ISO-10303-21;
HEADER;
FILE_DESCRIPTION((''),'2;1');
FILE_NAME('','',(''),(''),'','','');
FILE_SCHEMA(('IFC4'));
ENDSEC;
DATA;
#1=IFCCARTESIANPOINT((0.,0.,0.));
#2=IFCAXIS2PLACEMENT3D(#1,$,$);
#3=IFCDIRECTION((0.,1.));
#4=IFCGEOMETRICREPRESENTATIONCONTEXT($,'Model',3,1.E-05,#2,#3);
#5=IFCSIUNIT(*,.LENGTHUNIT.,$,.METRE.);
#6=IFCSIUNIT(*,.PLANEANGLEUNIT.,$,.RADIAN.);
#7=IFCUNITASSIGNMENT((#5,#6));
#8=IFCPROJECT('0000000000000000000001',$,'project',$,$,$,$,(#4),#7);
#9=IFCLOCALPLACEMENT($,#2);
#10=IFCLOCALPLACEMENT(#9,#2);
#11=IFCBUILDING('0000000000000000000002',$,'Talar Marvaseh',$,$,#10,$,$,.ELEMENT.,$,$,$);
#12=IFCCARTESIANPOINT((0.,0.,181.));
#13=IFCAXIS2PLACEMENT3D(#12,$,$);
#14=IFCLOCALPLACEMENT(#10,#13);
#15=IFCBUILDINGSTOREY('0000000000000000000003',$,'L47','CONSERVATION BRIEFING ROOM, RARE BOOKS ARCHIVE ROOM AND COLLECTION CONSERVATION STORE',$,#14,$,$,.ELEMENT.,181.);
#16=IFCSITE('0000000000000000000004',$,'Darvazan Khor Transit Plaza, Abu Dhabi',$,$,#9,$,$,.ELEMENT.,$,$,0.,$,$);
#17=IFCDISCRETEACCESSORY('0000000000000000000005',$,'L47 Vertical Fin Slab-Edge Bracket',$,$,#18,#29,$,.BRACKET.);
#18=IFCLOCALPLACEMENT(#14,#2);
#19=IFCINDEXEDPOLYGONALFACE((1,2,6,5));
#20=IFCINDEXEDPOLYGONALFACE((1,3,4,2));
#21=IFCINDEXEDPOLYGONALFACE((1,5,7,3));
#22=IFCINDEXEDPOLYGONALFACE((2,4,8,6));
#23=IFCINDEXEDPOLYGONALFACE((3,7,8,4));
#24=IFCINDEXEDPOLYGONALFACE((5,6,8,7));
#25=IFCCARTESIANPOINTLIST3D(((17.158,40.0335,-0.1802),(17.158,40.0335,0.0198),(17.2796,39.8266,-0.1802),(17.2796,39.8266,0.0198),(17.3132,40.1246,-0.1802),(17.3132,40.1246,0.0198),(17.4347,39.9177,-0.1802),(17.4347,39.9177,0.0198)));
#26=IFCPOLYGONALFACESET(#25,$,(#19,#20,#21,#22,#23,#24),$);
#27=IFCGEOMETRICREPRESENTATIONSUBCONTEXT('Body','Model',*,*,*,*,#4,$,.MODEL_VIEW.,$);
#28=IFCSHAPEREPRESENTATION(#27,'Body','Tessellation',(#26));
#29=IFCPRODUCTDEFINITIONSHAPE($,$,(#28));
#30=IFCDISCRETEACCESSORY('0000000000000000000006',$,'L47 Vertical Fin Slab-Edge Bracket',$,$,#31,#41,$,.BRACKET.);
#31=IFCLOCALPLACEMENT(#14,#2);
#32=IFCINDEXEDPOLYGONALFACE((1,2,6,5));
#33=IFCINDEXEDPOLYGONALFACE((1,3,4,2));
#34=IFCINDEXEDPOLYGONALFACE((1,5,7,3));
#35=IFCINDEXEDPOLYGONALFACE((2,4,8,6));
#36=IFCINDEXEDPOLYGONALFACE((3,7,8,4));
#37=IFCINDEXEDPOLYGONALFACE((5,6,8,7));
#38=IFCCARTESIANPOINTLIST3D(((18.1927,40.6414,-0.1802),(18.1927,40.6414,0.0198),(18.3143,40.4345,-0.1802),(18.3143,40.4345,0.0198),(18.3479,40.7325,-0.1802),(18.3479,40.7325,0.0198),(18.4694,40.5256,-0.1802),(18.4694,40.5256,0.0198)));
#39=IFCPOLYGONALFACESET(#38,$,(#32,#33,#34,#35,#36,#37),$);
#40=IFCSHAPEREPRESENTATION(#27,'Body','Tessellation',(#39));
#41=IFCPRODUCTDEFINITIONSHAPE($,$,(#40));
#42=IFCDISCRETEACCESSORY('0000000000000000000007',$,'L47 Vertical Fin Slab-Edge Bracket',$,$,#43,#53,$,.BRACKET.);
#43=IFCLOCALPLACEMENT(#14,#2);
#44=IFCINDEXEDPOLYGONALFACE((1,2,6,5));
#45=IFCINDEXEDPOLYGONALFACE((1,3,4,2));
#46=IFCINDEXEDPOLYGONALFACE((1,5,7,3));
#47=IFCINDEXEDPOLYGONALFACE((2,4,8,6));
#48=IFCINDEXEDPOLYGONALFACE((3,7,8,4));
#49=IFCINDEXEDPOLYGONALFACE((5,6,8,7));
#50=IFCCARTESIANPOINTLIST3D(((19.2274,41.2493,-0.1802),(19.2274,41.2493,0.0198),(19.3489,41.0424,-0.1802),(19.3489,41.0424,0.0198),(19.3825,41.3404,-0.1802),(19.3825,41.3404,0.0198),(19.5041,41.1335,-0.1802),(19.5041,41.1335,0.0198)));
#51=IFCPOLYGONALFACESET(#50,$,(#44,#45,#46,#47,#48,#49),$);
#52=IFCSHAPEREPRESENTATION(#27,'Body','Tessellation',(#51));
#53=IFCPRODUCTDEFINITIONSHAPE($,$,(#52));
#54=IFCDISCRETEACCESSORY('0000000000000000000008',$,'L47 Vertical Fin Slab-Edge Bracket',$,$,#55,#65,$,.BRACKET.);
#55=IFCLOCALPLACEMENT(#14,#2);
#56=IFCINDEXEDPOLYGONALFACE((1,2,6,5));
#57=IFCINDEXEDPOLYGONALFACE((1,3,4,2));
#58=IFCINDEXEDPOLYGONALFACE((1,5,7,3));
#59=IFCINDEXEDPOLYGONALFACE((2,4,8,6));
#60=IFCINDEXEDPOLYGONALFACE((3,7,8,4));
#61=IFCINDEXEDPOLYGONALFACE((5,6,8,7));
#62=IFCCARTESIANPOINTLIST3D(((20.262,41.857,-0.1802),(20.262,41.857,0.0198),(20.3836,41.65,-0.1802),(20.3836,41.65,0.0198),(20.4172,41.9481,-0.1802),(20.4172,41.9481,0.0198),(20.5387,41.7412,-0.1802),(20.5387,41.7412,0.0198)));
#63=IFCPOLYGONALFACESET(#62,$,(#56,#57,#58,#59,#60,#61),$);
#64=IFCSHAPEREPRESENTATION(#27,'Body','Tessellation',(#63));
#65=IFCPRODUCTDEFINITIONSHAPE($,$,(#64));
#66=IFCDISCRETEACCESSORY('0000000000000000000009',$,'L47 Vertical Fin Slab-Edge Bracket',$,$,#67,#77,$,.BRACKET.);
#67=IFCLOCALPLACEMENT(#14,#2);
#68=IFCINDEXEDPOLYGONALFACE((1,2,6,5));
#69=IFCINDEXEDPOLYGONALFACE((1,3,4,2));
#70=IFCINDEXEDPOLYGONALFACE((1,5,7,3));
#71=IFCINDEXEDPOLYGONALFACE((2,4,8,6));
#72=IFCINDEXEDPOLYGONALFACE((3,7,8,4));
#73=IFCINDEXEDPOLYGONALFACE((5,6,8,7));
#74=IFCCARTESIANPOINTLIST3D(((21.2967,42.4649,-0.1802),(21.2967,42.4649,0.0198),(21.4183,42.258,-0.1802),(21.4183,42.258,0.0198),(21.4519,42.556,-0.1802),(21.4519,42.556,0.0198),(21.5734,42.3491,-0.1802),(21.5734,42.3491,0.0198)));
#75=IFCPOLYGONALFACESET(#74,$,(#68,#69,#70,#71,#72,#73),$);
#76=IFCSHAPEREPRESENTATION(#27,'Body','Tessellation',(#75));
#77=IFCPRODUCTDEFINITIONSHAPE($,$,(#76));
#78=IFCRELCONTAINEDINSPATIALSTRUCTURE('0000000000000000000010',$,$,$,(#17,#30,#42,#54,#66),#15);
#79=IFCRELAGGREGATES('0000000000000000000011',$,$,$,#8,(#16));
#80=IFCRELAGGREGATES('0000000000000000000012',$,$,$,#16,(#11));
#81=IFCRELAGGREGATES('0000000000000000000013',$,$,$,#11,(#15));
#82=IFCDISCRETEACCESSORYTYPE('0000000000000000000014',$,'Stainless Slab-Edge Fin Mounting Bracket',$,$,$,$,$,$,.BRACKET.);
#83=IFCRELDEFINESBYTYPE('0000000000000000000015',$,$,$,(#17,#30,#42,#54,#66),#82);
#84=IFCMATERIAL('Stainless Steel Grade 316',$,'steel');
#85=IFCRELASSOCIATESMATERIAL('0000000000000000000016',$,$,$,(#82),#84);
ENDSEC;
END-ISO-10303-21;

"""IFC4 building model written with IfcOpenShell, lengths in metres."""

from ifc_helpers import new_model, si_unit, direction, frame, origin, origin_2d, place, context, subcontext, project, spatial, rectangle, extrude, source, transform, mapped, material, type_object, type_shapes, element, save


model = new_model("IFC4")

# Units and contexts
model_context = context("Model", 3, precision=1e-05, world=origin(), true_north=direction((0.0, 1.0)))
body_context = subcontext(model_context, "Body", "Model", "MODEL_VIEW")
ifc_project = project(units=[si_unit("LENGTHUNIT", "METRE"), si_unit("PLANEANGLEUNIT", "RADIAN")], contexts=[model_context])

# Site, building, storey
site_placement = place(None, origin())
site = spatial("IfcSite", under=ifc_project, at=site_placement, Name="Darvazan Khor Transit Plaza, Abu Dhabi", CompositionType="ELEMENT", RefElevation=0.0)
building_placement = place(site_placement, origin())
building = spatial("IfcBuilding", under=site, at=building_placement, Name="Talar Marvaseh", CompositionType="ELEMENT")
storey_placement = place(building_placement, frame((0.0, 0.0, 181.0)))
storey = spatial("IfcBuildingStorey", under=building, at=storey_placement, Name="L47", Description="CONSERVATION BRIEFING ROOM, RARE BOOKS ARCHIVE ROOM AND COLLECTION CONSERVATION STORE", CompositionType="ELEMENT", Elevation=181.0)

# Discrete accessories
ifc_material_1 = material(Name="Stainless Steel Grade 316", Category="steel")
discrete_accessory_type = type_object("IfcDiscreteAccessoryType", Name="Stainless Slab-Edge Fin Mounting Bracket", PredefinedType="BRACKET", material=ifc_material_1)
shared_shape_1 = source(origin(), body_context, "Body", "SweptSolid", [
    extrude(rectangle(XDim=0.24, YDim=0.1799, at=origin_2d()), origin(), (0.0, 0.0, 1.0), 0.2),
])
type_shapes(discrete_accessory_type, [shared_shape_1])
for number, where, z_axis, x_axis, name in (
    (1, (17.2964, 39.9756, -0.1802), (0.0, 0.0, 1.0), (-0.506485, 0.862249, 0.0), "L47 Vertical Fin Slab-Edge Bracket"),
    (2, (18.3311, 40.5835, -0.1802), (0.0, 0.0, 1.0), (-0.506485, 0.862249, 0.0), "L47 Vertical Fin Slab-Edge Bracket"),
    (3, (19.3657, 41.1914, -0.1802), (0.0, 0.0, 1.0), (-0.506485, 0.862249, 0.0), "L47 Vertical Fin Slab-Edge Bracket"),
    (4, (20.4004, 41.7991, -0.1802), (0.0, 0.0, 1.0), (-0.506485, 0.862249, 0.0), "L47 Vertical Fin Slab-Edge Bracket"),
    (5, (21.4351, 42.407, -0.1802), (0.0, 0.0, 1.0), (-0.506485, 0.862249, 0.0), "L47 Vertical Fin Slab-Edge Bracket"),
):
    element("IfcDiscreteAccessory", number, at=place(storey_placement, frame(where, z_axis=z_axis, x_axis=x_axis)), inside=storey, type_object=discrete_accessory_type, Name=name, PredefinedType="BRACKET", context=body_context, shape_type="MappedRepresentation", body=[
        mapped(shared_shape_1, transform((0.0, 0.0, 0.0), x_axis=(1.0, 0.0, 0.0), y_axis=(0.0, 1.0, 0.0), z_axis=(0.0, 0.0, 1.0), scale=1.0)),
    ])

save(model, "model.ifc")
